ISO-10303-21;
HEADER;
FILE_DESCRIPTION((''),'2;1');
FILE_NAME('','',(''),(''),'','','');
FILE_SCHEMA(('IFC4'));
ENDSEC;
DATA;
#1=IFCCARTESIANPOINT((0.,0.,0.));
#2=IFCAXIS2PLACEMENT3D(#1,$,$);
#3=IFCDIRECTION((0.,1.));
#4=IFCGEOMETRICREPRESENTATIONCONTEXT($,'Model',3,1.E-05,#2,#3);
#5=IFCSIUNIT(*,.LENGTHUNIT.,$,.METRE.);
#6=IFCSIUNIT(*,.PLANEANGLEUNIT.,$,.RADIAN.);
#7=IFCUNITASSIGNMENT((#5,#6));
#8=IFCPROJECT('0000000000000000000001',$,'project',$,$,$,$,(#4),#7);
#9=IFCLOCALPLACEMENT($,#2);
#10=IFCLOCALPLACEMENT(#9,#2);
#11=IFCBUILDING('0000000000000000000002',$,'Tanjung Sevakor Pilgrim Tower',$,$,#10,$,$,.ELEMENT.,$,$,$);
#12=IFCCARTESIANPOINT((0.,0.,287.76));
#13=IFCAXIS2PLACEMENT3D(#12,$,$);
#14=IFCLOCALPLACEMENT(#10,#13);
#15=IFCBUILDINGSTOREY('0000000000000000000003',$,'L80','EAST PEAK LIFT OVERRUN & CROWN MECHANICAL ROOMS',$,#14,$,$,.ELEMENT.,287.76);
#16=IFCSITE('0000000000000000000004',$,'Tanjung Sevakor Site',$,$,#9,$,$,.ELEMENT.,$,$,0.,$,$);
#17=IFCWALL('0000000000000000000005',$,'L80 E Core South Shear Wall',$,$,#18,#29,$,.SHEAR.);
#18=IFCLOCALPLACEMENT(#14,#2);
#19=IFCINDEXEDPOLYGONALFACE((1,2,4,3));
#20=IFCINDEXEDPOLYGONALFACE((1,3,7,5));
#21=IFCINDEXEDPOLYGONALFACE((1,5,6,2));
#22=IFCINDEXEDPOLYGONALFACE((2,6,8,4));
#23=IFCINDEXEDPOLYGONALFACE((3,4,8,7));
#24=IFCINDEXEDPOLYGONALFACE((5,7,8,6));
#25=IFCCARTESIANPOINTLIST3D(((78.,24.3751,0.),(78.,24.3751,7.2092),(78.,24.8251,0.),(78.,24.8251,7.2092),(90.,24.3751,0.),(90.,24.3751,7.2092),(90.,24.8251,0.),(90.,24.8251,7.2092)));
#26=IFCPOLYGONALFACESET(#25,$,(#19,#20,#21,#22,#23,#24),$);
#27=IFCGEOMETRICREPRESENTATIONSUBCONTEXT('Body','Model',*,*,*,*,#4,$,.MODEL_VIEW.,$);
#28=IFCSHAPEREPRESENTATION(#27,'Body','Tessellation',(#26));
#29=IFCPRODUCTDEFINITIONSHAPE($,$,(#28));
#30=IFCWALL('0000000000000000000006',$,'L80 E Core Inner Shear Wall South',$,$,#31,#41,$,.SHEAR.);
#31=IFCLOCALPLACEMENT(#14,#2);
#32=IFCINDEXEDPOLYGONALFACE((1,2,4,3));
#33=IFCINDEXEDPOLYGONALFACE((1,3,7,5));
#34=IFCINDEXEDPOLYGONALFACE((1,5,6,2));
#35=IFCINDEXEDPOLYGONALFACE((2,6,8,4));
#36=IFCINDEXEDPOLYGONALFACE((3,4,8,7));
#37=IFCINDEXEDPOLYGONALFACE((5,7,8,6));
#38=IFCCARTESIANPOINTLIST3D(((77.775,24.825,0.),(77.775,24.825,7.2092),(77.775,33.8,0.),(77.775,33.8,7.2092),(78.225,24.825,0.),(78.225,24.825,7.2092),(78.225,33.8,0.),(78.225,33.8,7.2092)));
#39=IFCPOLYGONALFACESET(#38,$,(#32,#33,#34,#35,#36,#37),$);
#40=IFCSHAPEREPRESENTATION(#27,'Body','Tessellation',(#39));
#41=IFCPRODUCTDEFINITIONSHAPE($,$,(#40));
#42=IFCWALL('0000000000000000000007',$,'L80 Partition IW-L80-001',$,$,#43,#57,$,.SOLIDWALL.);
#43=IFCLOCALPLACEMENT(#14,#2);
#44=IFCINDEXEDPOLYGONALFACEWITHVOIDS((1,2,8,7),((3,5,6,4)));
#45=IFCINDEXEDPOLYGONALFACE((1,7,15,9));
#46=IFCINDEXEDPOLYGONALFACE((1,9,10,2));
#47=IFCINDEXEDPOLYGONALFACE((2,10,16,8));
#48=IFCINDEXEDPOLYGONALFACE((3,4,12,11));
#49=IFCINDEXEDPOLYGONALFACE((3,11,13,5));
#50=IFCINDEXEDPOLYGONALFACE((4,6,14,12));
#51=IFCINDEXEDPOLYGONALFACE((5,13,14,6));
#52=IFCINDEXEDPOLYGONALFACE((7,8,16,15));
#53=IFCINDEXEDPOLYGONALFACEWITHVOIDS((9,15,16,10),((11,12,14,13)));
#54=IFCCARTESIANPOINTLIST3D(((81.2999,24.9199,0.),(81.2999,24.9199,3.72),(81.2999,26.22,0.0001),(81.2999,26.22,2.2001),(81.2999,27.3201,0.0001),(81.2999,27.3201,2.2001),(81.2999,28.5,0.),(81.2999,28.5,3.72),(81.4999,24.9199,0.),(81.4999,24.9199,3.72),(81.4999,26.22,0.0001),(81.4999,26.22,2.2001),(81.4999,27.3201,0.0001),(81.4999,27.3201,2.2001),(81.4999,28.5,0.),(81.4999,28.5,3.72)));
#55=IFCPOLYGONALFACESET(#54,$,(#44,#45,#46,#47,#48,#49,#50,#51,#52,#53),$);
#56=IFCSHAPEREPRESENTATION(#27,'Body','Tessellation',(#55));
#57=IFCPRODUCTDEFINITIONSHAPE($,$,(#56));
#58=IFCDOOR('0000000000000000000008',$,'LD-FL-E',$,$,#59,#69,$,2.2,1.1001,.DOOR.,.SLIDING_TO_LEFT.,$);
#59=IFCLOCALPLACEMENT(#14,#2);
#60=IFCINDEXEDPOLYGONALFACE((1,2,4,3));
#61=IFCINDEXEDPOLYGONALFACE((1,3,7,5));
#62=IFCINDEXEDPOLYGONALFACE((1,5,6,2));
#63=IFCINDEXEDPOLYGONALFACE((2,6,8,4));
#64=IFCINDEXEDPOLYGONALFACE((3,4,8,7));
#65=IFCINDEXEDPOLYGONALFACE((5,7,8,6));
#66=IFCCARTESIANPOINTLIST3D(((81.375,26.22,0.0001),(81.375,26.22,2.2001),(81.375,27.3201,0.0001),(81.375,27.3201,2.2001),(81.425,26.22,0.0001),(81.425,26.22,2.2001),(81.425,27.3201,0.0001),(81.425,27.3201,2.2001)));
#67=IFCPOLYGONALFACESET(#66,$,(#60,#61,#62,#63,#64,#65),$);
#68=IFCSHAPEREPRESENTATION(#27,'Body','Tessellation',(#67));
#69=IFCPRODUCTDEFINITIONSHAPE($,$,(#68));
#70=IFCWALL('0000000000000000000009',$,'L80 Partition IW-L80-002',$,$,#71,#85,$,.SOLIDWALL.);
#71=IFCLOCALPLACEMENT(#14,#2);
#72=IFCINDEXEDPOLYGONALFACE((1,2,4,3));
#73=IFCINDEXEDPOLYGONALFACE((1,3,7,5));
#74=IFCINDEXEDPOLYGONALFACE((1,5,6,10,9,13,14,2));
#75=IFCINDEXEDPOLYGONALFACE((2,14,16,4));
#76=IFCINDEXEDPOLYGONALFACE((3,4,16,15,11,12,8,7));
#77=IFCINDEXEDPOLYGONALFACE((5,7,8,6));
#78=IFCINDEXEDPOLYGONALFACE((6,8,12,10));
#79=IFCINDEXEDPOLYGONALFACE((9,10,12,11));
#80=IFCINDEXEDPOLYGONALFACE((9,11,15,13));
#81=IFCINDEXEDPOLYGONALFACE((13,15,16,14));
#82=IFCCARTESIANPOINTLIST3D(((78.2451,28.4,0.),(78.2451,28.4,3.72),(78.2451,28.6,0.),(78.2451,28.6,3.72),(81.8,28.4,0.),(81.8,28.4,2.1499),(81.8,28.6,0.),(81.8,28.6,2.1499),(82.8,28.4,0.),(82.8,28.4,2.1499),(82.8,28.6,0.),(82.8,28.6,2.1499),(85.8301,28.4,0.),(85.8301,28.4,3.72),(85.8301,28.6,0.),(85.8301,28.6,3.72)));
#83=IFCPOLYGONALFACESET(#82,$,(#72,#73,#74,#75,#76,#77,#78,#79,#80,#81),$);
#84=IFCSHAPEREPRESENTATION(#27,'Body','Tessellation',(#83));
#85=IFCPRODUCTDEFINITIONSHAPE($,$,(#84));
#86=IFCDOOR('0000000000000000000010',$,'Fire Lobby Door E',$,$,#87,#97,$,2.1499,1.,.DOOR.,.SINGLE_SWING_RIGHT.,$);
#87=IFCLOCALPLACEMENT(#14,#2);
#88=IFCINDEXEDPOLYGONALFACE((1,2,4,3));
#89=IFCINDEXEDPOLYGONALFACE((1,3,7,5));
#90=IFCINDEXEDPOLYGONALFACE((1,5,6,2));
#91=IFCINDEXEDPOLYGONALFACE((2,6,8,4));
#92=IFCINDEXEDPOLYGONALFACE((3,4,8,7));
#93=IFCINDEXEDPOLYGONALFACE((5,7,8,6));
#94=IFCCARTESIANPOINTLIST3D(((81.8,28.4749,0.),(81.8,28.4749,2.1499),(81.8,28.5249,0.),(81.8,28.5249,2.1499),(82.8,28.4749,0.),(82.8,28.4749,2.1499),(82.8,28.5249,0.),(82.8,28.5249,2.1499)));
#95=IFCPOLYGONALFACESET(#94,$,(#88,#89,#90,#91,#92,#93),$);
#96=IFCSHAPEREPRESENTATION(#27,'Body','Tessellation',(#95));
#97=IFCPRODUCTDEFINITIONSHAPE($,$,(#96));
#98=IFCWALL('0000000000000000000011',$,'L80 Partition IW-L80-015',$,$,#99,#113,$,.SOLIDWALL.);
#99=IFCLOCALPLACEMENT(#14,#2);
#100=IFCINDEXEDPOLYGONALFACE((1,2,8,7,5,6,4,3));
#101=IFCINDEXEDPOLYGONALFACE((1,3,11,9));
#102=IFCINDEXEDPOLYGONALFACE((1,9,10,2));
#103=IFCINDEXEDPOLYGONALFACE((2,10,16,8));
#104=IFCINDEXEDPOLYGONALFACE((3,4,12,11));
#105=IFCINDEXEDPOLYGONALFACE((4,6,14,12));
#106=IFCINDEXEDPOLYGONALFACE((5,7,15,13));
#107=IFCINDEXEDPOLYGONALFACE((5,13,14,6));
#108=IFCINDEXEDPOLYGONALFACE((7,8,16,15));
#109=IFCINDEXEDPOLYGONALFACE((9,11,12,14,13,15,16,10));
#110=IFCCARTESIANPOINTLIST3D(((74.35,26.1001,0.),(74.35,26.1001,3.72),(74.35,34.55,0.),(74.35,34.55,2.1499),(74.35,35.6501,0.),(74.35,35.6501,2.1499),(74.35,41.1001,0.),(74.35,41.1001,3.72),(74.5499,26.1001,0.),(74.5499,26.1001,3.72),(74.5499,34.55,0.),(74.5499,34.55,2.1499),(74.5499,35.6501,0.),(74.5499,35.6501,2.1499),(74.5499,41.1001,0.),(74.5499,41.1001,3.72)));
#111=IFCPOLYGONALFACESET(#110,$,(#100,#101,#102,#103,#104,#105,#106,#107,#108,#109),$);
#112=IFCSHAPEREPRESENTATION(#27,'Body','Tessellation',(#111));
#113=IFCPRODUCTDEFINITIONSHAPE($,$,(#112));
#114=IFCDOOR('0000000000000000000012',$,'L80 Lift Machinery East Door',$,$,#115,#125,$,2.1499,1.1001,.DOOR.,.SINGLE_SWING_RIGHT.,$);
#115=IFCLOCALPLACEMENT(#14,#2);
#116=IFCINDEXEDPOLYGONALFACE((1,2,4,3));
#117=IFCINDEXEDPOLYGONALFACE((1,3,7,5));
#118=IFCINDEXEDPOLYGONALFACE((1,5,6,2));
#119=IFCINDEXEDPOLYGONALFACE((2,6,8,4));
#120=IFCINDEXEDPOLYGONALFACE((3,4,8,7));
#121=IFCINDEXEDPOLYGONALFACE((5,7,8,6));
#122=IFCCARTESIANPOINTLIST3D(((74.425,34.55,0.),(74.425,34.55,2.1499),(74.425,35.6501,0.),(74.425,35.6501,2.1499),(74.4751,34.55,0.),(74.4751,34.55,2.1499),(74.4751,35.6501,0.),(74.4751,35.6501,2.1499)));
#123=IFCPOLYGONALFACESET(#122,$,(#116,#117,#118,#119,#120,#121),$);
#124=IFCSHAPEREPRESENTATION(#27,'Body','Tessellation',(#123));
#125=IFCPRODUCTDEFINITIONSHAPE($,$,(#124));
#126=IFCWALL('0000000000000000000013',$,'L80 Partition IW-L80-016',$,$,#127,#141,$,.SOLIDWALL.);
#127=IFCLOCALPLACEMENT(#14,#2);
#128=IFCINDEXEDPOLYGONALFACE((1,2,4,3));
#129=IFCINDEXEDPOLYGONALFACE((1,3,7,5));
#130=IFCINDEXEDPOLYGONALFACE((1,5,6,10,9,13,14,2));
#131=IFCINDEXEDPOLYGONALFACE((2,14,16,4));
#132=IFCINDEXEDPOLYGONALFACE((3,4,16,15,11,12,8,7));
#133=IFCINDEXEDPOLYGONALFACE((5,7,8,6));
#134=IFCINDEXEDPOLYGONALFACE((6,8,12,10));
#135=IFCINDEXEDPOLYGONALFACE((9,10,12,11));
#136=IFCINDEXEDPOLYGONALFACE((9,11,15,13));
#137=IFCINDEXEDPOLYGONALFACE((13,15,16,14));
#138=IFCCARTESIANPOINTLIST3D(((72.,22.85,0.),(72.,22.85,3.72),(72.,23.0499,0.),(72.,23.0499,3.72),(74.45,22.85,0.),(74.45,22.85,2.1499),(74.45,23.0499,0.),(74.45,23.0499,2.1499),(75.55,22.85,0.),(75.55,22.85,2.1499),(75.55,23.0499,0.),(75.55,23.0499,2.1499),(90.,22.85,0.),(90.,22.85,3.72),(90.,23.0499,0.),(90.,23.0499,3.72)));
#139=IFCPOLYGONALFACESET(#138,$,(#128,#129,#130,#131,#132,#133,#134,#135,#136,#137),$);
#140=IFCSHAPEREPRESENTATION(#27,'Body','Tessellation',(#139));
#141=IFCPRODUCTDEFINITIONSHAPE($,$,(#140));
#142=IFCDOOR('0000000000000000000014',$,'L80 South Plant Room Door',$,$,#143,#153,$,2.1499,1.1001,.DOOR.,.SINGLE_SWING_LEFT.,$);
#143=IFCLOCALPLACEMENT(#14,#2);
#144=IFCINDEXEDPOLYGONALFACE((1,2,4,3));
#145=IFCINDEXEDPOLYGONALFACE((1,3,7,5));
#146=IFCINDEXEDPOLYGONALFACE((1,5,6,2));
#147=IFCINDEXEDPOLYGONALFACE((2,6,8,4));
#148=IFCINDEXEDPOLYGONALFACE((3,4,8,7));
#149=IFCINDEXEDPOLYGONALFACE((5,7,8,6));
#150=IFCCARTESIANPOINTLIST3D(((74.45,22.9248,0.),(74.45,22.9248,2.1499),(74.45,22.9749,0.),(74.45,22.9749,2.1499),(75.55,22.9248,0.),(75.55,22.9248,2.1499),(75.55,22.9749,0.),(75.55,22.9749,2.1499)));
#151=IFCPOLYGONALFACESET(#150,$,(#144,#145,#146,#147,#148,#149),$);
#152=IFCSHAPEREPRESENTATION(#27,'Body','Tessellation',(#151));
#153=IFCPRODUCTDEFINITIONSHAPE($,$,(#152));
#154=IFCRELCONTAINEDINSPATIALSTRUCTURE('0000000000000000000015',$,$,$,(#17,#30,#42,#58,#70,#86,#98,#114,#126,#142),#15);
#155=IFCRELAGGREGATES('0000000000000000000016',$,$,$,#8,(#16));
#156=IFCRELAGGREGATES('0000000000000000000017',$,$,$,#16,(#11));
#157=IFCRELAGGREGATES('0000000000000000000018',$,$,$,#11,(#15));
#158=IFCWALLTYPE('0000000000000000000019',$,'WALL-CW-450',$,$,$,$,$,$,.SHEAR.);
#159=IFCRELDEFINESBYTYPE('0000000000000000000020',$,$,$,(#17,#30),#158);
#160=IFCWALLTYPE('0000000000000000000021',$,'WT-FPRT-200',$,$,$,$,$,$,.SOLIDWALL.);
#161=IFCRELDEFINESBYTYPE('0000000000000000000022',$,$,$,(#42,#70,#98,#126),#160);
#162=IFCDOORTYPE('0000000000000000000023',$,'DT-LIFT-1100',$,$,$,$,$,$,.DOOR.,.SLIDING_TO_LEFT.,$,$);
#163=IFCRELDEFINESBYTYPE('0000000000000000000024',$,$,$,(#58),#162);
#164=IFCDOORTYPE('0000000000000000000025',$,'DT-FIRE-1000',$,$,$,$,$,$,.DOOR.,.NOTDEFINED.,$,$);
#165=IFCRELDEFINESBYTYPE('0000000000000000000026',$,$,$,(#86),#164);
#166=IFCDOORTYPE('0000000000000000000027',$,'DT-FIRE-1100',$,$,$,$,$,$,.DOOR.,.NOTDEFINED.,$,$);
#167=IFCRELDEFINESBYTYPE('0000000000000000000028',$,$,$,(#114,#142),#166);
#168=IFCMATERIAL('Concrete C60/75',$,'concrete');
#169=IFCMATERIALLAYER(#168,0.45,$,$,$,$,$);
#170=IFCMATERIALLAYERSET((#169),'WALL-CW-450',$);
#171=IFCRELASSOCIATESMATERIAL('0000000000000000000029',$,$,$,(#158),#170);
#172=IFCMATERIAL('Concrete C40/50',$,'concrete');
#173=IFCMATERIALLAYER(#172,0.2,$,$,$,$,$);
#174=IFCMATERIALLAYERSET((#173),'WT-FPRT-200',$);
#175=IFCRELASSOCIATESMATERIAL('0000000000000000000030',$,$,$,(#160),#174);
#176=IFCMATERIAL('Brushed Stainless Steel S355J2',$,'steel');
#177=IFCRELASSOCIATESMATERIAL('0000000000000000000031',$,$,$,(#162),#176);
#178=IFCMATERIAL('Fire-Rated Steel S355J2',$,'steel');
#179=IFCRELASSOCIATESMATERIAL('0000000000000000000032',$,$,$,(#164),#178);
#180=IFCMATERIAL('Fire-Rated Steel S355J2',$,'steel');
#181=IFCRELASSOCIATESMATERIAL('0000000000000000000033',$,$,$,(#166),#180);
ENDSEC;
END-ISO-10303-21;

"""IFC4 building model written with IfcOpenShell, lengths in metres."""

from ifc_helpers import new_model, si_unit, direction, frame, frame_2d, origin, place, context, subcontext, project, spatial, rectangle, extrude, material, layer, layer_set, type_object, element, fill, save


model = new_model("IFC4")

# Units and contexts
model_context = context("Model", 3, precision=1e-05, world=origin(), true_north=direction((0.0, 1.0)))
body_context = subcontext(model_context, "Body", "Model", "MODEL_VIEW")
ifc_project = project(units=[si_unit("LENGTHUNIT", "METRE"), si_unit("PLANEANGLEUNIT", "RADIAN")], contexts=[model_context])

# Site, building, storey
site_placement = place(None, origin())
site = spatial("IfcSite", under=ifc_project, at=site_placement, Name="Tanjung Sevakor Site", CompositionType="ELEMENT", RefElevation=0.0)
building_placement = place(site_placement, origin())
building = spatial("IfcBuilding", under=site, at=building_placement, Name="Tanjung Sevakor Pilgrim Tower", CompositionType="ELEMENT")
storey_placement = place(building_placement, frame((0.0, 0.0, 287.76)))
storey = spatial("IfcBuildingStorey", under=building, at=storey_placement, Name="L80", Description="EAST PEAK LIFT OVERRUN & CROWN MECHANICAL ROOMS", CompositionType="ELEMENT", Elevation=287.76)

# Walls
ifc_material_1 = material(Name="Concrete C60/75", Category="concrete")
ifc_layer_1 = layer(ifc_material_1, 0.45)
ifc_layer_set_1 = layer_set([ifc_layer_1], Name="WALL-CW-450")
wall_type_1 = type_object("IfcWallType", Name="WALL-CW-450", PredefinedType="SHEAR", material=ifc_layer_set_1)
wall_1_placement = place(storey_placement, frame((78.0, 24.6001, 0.0), z_axis=(0.0, 0.0, 1.0), x_axis=(1.0, 0.0, 0.0)))
element("IfcWall", 1, at=wall_1_placement, inside=storey, type_object=wall_type_1, Name="L80 E Core South Shear Wall", PredefinedType="SHEAR", context=body_context, shape_type="SweptSolid", body=[
    extrude(rectangle(XDim=12.0, YDim=0.45, at=frame_2d((6.0, 0.0))), origin(), (0.0, 0.0, 1.0), 7.2092),
])
wall_2_placement = place(storey_placement, frame((78.0, 24.825, 0.0), z_axis=(0.0, 0.0, 1.0), x_axis=(0.0, 1.0, 0.0)))
element("IfcWall", 2, at=wall_2_placement, inside=storey, type_object=wall_type_1, Name="L80 E Core Inner Shear Wall South", PredefinedType="SHEAR", context=body_context, shape_type="SweptSolid", body=[
    extrude(rectangle(XDim=8.9751, YDim=0.45, at=frame_2d((4.4875, 0.0))), origin(), (0.0, 0.0, 1.0), 7.2092),
])

# Walls, openings, doors
ifc_material_2 = material(Name="Concrete C40/50", Category="concrete")
ifc_layer_2 = layer(ifc_material_2, 0.2)
ifc_layer_set_2 = layer_set([ifc_layer_2], Name="WT-FPRT-200")
wall_type_2 = type_object("IfcWallType", Name="WT-FPRT-200", PredefinedType="SOLIDWALL", material=ifc_layer_set_2)
wall_3_placement = place(storey_placement, frame((81.3999, 24.9199, 0.0), z_axis=(0.0, 0.0, 1.0), x_axis=(0.0, 1.0, 0.0)))
wall_3 = element("IfcWall", 3, at=wall_3_placement, inside=storey, type_object=wall_type_2, Name="L80 Partition IW-L80-001", PredefinedType="SOLIDWALL", context=body_context, shape_type="SweptSolid", body=[
    extrude(rectangle(XDim=3.5801, YDim=0.2, at=frame_2d((1.79, 0.0))), origin(), (0.0, 0.0, 1.0), 3.72),
])
opening_1_placement = place(wall_3_placement, frame((1.3, 0.0, 0.0)))
opening_1 = element("IfcOpeningElement", 4, at=opening_1_placement, cuts=wall_3, PredefinedType="OPENING", context=body_context, shape_type="SweptSolid", body=[
    extrude(rectangle(XDim=1.1001, YDim=2.2, at=frame_2d((0.55, 1.1001))), frame((0.0, 0.1099, 0.0), z_axis=(0.0, -1.0, 0.0), x_axis=(1.0, 0.0, 0.0)), (0.0, 0.0, 1.0), 0.22),
])
ifc_material_3 = material(Name="Brushed Stainless Steel S355J2", Category="steel")
door_type_1 = type_object("IfcDoorType", Name="DT-LIFT-1100", OperationType="SLIDING_TO_LEFT", PredefinedType="DOOR", material=ifc_material_3)
door_1_placement = place(opening_1_placement, origin())
door_1 = element("IfcDoor", 5, at=door_1_placement, inside=storey, type_object=door_type_1, Name="LD-FL-E", OperationType="SLIDING_TO_LEFT", OverallHeight=2.2, OverallWidth=1.1001, PredefinedType="DOOR", context=body_context, shape_type="SweptSolid", body=[
    extrude(rectangle(XDim=1.1001, YDim=2.2, at=frame_2d((0.55, 1.1001))), frame((0.0, 0.0249, 0.0), z_axis=(0.0, -1.0, 0.0), x_axis=(1.0, 0.0, 0.0)), (0.0, 0.0, 1.0), 0.05),
])
fill(opening_1, door_1)
wall_4_placement = place(storey_placement, frame((78.2451, 28.5, 0.0), z_axis=(0.0, 0.0, 1.0), x_axis=(1.0, 0.0, 0.0)))
wall_4 = element("IfcWall", 6, at=wall_4_placement, inside=storey, type_object=wall_type_2, Name="L80 Partition IW-L80-002", PredefinedType="SOLIDWALL", context=body_context, shape_type="SweptSolid", body=[
    extrude(rectangle(XDim=7.585, YDim=0.2, at=frame_2d((3.7925, 0.0))), origin(), (0.0, 0.0, 1.0), 3.72),
])
opening_2_placement = place(wall_4_placement, frame((3.5549, 0.0, 0.0)))
opening_2 = element("IfcOpeningElement", 7, at=opening_2_placement, cuts=wall_4, PredefinedType="OPENING", context=body_context, shape_type="SweptSolid", body=[
    extrude(rectangle(XDim=1.0, YDim=2.1499, at=frame_2d((0.5, 1.075))), frame((0.0, 0.1099, 0.0), z_axis=(0.0, -1.0, 0.0), x_axis=(1.0, 0.0, 0.0)), (0.0, 0.0, 1.0), 0.22),
])
ifc_material_4 = material(Name="Fire-Rated Steel S355J2", Category="steel")
door_type_2 = type_object("IfcDoorType", Name="DT-FIRE-1000", OperationType="NOTDEFINED", PredefinedType="DOOR", material=ifc_material_4)
door_2_placement = place(opening_2_placement, origin())
door_2 = element("IfcDoor", 8, at=door_2_placement, inside=storey, type_object=door_type_2, Name="Fire Lobby Door E", OperationType="SINGLE_SWING_RIGHT", OverallHeight=2.1499, OverallWidth=1.0, PredefinedType="DOOR", context=body_context, shape_type="SweptSolid", body=[
    extrude(rectangle(XDim=1.0, YDim=2.1499, at=frame_2d((0.5, 1.075))), frame((0.0, 0.0249, 0.0), z_axis=(0.0, -1.0, 0.0), x_axis=(1.0, 0.0, 0.0)), (0.0, 0.0, 1.0), 0.05),
])
fill(opening_2, door_2)
wall_5_placement = place(storey_placement, frame((74.45, 26.1001, 0.0), z_axis=(0.0, 0.0, 1.0), x_axis=(0.0, 1.0, 0.0)))
wall_5 = element("IfcWall", 9, at=wall_5_placement, inside=storey, type_object=wall_type_2, Name="L80 Partition IW-L80-015", PredefinedType="SOLIDWALL", context=body_context, shape_type="SweptSolid", body=[
    extrude(rectangle(XDim=15.0, YDim=0.2, at=frame_2d((7.5, 0.0))), origin(), (0.0, 0.0, 1.0), 3.72),
])
opening_3_placement = place(wall_5_placement, frame((8.45, 0.0, 0.0)))
opening_3 = element("IfcOpeningElement", 10, at=opening_3_placement, cuts=wall_5, PredefinedType="OPENING", context=body_context, shape_type="SweptSolid", body=[
    extrude(rectangle(XDim=1.1001, YDim=2.1499, at=frame_2d((0.55, 1.075))), frame((0.0, 0.1099, 0.0), z_axis=(0.0, -1.0, 0.0), x_axis=(1.0, 0.0, 0.0)), (0.0, 0.0, 1.0), 0.22),
])
ifc_material_5 = material(Name="Fire-Rated Steel S355J2", Category="steel")
door_type_3 = type_object("IfcDoorType", Name="DT-FIRE-1100", OperationType="NOTDEFINED", PredefinedType="DOOR", material=ifc_material_5)
door_3_placement = place(opening_3_placement, origin())
door_3 = element("IfcDoor", 11, at=door_3_placement, inside=storey, type_object=door_type_3, Name="L80 Lift Machinery East Door", OperationType="SINGLE_SWING_RIGHT", OverallHeight=2.1499, OverallWidth=1.1001, PredefinedType="DOOR", context=body_context, shape_type="SweptSolid", body=[
    extrude(rectangle(XDim=1.1001, YDim=2.1499, at=frame_2d((0.55, 1.075))), frame((0.0, 0.0249, 0.0), z_axis=(0.0, -1.0, 0.0), x_axis=(1.0, 0.0, 0.0)), (0.0, 0.0, 1.0), 0.05),
])
fill(opening_3, door_3)
wall_6_placement = place(storey_placement, frame((72.0, 22.95, 0.0), z_axis=(0.0, 0.0, 1.0), x_axis=(1.0, 0.0, 0.0)))
wall_6 = element("IfcWall", 12, at=wall_6_placement, inside=storey, type_object=wall_type_2, Name="L80 Partition IW-L80-016", PredefinedType="SOLIDWALL", context=body_context, shape_type="SweptSolid", body=[
    extrude(rectangle(XDim=18.0, YDim=0.2, at=frame_2d((9.0, 0.0))), origin(), (0.0, 0.0, 1.0), 3.72),
])
opening_4_placement = place(wall_6_placement, frame((2.45, 0.0, 0.0)))
opening_4 = element("IfcOpeningElement", 13, at=opening_4_placement, cuts=wall_6, PredefinedType="OPENING", context=body_context, shape_type="SweptSolid", body=[
    extrude(rectangle(XDim=1.1001, YDim=2.1499, at=frame_2d((0.55, 1.075))), frame((0.0, 0.1099, 0.0), z_axis=(0.0, -1.0, 0.0), x_axis=(1.0, 0.0, 0.0)), (0.0, 0.0, 1.0), 0.22),
])
door_4_placement = place(opening_4_placement, origin())
door_4 = element("IfcDoor", 14, at=door_4_placement, inside=storey, type_object=door_type_3, Name="L80 South Plant Room Door", OperationType="SINGLE_SWING_LEFT", OverallHeight=2.1499, OverallWidth=1.1001, PredefinedType="DOOR", context=body_context, shape_type="SweptSolid", body=[
    extrude(rectangle(XDim=1.1001, YDim=2.1499, at=frame_2d((0.55, 1.075))), frame((0.0, 0.0249, 0.0), z_axis=(0.0, -1.0, 0.0), x_axis=(1.0, 0.0, 0.0)), (0.0, 0.0, 1.0), 0.05),
])
fill(opening_4, door_4)

save(model, "model.ifc")
